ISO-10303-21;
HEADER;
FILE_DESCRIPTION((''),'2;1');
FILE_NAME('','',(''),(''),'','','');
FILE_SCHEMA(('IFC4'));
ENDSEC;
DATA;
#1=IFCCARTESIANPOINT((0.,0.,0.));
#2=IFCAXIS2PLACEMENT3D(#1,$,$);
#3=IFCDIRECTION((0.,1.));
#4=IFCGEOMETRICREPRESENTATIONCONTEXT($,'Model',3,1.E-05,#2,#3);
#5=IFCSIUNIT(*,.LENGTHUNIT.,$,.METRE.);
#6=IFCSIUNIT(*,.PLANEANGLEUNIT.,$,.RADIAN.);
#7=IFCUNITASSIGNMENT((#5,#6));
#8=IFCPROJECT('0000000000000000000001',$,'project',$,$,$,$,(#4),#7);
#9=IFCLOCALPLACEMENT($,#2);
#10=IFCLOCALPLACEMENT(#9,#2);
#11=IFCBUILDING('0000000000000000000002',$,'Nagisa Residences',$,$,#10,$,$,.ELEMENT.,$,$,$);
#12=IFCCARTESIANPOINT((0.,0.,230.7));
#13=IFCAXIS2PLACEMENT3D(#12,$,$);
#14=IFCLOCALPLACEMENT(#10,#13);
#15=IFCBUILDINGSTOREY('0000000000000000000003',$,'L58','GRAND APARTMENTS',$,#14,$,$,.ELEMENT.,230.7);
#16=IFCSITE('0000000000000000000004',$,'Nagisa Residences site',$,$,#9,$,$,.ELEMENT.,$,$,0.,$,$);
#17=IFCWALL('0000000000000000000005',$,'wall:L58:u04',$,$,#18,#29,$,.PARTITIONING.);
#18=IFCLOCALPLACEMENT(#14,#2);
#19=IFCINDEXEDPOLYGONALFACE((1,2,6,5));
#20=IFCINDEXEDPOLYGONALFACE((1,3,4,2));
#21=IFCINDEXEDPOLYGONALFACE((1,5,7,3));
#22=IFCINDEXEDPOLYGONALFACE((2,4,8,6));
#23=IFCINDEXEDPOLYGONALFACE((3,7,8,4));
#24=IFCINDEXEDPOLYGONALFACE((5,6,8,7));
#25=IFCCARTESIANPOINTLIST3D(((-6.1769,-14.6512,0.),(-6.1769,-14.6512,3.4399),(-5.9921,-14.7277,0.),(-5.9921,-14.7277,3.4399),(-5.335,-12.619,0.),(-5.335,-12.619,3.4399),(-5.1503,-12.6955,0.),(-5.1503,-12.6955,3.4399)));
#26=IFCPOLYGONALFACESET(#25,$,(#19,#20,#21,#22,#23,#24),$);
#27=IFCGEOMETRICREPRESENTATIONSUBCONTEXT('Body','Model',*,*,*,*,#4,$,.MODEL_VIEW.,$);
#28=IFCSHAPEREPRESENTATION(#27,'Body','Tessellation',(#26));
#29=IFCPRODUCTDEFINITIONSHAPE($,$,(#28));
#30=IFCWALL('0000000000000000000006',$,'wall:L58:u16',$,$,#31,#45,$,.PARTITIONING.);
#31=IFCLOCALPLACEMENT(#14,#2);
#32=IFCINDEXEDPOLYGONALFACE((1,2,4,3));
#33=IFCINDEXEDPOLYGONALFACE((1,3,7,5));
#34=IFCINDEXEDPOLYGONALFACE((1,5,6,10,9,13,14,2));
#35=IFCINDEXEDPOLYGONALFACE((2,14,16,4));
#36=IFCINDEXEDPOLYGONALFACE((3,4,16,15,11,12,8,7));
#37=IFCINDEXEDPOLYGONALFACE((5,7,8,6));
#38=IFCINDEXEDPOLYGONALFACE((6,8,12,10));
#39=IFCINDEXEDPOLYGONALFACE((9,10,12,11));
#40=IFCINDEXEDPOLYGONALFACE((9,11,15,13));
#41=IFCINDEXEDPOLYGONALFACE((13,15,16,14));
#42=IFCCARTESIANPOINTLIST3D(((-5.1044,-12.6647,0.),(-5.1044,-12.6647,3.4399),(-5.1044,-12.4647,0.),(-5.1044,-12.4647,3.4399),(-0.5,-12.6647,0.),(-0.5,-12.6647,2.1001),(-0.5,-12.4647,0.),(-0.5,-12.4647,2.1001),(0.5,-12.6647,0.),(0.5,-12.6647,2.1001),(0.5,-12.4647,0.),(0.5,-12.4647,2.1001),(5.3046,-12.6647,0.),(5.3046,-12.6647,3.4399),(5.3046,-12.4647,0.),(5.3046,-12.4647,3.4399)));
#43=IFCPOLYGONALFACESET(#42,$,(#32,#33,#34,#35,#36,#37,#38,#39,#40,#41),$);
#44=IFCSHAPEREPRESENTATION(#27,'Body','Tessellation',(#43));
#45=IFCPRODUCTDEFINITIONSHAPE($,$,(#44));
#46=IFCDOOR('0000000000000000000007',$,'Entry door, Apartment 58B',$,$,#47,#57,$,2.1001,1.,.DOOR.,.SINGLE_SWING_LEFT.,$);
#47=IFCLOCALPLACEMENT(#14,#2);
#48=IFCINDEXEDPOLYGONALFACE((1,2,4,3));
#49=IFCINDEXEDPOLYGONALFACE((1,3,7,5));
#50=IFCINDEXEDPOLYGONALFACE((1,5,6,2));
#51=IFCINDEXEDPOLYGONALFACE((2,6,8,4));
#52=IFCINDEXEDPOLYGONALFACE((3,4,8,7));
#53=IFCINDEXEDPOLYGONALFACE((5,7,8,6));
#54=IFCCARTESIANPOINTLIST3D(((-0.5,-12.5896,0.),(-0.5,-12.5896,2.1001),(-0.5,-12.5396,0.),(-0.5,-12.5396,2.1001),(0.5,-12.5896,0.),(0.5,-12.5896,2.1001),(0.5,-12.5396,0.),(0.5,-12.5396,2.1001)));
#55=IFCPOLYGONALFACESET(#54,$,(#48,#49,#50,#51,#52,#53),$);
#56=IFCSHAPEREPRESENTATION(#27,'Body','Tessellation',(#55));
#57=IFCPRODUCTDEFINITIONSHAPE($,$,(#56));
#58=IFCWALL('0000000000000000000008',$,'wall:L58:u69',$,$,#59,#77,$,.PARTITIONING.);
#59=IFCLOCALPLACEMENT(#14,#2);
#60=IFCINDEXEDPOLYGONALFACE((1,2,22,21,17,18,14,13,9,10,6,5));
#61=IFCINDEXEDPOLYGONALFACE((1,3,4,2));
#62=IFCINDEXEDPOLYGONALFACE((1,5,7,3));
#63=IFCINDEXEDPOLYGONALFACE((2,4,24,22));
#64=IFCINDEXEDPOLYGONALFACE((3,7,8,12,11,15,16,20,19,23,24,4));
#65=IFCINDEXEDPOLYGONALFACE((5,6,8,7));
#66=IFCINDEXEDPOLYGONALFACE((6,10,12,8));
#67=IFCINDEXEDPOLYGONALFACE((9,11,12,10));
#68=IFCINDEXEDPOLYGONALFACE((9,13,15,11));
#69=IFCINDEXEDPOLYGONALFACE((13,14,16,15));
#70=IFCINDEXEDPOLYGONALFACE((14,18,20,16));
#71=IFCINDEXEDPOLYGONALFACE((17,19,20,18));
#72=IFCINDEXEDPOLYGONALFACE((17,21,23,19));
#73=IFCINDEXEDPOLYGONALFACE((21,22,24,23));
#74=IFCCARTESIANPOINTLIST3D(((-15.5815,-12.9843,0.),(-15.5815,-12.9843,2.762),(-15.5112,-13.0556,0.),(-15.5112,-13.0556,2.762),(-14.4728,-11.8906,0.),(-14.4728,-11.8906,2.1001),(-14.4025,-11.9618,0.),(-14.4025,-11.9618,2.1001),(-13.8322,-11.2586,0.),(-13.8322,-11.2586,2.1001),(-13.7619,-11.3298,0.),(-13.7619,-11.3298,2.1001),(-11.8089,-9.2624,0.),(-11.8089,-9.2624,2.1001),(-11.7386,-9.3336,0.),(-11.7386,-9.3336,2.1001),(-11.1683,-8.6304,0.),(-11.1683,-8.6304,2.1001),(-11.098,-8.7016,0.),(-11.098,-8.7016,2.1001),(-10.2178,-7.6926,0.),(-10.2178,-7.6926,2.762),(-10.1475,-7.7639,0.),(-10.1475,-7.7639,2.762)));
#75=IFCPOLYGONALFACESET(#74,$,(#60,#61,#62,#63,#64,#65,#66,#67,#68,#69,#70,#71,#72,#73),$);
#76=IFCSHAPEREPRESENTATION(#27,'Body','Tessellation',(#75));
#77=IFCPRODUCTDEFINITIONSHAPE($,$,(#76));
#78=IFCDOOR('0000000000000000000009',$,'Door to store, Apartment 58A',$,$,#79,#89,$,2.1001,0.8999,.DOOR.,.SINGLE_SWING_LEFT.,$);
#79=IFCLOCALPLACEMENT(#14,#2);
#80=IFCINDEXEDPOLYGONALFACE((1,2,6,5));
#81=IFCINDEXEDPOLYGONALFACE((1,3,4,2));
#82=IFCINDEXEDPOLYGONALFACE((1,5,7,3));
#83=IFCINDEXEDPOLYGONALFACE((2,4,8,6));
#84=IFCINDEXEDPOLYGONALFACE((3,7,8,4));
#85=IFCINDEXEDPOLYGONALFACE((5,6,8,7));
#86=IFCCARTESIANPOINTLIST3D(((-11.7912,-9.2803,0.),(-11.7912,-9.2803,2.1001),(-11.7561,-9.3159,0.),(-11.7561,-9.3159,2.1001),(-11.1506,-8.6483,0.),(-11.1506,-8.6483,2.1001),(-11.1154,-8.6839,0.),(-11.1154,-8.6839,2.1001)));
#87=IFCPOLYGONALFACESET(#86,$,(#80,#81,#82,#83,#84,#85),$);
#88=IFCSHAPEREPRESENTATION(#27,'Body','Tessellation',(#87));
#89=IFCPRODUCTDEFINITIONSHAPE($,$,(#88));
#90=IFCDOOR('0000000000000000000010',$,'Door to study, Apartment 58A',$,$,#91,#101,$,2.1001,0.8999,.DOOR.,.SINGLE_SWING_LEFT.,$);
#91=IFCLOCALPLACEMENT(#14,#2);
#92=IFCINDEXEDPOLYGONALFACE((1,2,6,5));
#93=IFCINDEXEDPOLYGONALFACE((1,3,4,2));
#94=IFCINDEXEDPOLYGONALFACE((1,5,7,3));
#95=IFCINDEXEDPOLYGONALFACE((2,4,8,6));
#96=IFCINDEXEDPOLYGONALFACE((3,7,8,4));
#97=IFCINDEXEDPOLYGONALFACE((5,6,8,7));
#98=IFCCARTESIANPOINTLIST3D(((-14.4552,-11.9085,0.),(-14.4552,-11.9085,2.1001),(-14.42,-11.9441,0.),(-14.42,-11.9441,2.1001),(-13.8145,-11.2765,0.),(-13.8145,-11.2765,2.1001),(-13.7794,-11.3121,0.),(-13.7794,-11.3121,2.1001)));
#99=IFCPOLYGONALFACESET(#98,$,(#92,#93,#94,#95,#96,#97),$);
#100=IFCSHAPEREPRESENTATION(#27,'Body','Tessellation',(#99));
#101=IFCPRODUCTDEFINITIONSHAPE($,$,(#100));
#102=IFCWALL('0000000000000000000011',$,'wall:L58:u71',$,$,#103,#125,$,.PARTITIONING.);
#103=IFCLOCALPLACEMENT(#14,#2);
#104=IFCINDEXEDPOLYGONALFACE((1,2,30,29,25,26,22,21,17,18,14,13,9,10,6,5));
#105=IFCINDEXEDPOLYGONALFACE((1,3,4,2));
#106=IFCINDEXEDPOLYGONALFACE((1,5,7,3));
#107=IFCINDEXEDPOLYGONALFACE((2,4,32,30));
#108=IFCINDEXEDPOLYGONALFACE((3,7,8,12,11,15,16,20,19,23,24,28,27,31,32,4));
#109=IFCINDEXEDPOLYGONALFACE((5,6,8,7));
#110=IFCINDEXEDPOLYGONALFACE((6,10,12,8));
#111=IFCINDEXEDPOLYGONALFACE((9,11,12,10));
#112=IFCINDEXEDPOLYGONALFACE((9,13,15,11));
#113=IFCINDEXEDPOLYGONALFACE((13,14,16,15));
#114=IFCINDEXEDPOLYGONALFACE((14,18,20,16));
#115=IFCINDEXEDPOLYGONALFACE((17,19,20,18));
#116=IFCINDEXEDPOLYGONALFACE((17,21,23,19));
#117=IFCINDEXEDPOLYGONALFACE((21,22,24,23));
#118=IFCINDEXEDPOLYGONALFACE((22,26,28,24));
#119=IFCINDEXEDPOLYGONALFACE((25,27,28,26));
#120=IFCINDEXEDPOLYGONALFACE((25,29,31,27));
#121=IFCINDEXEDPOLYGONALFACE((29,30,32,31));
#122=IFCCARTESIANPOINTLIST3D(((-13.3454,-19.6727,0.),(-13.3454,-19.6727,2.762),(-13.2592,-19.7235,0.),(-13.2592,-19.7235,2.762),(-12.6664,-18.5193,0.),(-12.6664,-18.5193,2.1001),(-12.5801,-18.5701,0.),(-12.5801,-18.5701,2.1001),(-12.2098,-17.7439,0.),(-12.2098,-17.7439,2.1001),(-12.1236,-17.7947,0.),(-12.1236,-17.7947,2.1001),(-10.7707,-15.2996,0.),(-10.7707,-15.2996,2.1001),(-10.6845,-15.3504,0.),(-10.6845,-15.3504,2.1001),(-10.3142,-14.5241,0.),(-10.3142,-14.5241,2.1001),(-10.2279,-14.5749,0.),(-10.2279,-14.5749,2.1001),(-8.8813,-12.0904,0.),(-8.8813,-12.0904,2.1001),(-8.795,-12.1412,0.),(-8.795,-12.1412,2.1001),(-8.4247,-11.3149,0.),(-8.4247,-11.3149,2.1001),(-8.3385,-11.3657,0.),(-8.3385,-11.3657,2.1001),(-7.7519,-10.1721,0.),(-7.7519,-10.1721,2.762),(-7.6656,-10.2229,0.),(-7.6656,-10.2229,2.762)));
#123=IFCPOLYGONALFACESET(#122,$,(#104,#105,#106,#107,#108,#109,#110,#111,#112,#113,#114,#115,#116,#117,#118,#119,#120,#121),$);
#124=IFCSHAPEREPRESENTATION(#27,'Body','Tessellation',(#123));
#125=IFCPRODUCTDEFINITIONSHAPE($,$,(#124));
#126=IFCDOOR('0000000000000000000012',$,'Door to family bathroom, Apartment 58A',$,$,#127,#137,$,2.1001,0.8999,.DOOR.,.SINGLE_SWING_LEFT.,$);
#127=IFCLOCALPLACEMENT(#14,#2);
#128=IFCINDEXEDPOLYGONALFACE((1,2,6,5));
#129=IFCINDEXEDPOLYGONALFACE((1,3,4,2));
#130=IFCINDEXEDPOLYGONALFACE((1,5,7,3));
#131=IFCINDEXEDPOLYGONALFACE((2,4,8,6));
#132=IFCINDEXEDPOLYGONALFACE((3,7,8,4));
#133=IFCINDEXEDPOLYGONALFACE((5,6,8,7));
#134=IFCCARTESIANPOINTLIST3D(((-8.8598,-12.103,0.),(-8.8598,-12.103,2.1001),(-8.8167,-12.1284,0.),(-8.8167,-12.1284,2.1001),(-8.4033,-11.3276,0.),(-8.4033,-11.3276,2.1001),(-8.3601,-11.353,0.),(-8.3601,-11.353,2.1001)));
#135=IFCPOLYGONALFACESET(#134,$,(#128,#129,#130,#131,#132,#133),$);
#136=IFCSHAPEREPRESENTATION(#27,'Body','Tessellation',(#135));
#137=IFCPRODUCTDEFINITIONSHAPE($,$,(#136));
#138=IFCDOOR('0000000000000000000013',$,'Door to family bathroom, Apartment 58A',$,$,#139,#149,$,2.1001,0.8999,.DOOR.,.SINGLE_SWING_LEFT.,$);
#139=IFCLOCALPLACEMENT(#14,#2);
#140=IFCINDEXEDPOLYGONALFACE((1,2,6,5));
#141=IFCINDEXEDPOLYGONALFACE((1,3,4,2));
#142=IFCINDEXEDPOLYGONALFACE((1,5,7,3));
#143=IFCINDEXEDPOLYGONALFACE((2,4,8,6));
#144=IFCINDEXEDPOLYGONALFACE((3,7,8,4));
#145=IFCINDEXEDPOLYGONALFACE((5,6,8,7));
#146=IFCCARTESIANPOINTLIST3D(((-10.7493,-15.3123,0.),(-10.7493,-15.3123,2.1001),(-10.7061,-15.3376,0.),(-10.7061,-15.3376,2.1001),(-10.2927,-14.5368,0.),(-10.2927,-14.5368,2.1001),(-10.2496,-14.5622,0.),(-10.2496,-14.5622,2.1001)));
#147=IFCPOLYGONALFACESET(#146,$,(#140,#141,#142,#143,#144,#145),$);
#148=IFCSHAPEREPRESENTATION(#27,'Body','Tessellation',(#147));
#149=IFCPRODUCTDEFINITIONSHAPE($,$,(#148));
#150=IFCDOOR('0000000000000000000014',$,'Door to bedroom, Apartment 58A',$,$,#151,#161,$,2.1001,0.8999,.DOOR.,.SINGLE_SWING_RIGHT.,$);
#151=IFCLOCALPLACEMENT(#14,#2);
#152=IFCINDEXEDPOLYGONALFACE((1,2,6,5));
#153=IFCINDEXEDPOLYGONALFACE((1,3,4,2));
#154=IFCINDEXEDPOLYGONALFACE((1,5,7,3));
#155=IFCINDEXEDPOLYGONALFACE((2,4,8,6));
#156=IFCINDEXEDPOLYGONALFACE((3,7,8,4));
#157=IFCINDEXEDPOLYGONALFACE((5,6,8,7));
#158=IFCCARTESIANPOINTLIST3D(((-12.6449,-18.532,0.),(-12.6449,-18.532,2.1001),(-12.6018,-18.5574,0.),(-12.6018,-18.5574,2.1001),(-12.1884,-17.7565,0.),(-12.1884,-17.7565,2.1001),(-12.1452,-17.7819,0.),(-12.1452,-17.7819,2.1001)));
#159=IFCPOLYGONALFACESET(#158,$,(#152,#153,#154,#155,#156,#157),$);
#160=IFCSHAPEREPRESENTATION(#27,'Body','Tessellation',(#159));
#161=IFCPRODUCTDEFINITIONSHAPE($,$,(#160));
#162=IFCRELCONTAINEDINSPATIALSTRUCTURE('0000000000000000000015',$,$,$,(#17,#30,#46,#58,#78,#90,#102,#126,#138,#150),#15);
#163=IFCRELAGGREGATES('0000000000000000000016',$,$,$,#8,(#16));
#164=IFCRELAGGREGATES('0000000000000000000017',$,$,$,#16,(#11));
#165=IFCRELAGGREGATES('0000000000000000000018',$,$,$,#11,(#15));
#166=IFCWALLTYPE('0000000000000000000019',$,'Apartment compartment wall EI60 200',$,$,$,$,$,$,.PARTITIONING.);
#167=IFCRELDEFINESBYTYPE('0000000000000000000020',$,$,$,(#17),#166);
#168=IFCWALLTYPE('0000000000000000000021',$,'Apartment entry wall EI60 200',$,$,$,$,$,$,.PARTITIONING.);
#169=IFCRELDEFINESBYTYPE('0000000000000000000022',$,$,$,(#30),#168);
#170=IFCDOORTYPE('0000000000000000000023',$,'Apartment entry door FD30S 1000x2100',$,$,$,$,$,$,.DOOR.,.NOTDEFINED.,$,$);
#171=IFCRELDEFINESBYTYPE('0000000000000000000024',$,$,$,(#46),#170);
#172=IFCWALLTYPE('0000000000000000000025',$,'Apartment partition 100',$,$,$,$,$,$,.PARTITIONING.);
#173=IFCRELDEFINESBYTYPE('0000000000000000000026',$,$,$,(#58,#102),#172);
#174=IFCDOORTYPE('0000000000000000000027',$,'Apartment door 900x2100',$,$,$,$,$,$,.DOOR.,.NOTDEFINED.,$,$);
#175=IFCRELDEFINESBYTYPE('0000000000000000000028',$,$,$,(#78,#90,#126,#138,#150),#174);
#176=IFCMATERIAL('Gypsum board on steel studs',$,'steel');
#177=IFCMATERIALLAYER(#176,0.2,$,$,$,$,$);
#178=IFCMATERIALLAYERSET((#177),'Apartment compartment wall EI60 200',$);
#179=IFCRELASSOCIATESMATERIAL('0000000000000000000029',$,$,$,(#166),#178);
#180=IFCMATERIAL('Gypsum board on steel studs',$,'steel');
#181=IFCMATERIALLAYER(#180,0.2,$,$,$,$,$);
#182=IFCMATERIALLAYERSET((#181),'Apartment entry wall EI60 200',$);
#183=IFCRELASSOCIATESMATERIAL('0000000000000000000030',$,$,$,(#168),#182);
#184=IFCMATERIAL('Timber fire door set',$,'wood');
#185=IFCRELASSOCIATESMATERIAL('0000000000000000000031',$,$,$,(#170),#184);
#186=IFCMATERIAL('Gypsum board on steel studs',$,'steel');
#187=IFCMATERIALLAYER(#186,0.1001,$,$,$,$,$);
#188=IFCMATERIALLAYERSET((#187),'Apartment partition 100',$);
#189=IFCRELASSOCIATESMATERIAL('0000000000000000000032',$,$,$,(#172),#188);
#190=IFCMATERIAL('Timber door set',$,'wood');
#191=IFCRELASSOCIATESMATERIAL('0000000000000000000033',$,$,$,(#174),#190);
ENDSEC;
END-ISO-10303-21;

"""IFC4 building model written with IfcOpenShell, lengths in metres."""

from ifc_helpers import new_model, si_unit, direction, frame, frame_2d, origin, place, context, subcontext, project, spatial, rectangle, extrude, material, layer, layer_set, type_object, element, fill, save


model = new_model("IFC4")

# Units and contexts
model_context = context("Model", 3, precision=1e-05, world=origin(), true_north=direction((0.0, 1.0)))
body_context = subcontext(model_context, "Body", "Model", "MODEL_VIEW")
ifc_project = project(units=[si_unit("LENGTHUNIT", "METRE"), si_unit("PLANEANGLEUNIT", "RADIAN")], contexts=[model_context])

# Site, building, storey
site_placement = place(None, origin())
site = spatial("IfcSite", under=ifc_project, at=site_placement, Name="Nagisa Residences site", CompositionType="ELEMENT", RefElevation=0.0)
building_placement = place(site_placement, origin())
building = spatial("IfcBuilding", under=site, at=building_placement, Name="Nagisa Residences", CompositionType="ELEMENT")
storey_placement = place(building_placement, frame((0.0, 0.0, 230.7)))
storey = spatial("IfcBuildingStorey", under=building, at=storey_placement, Name="L58", Description="GRAND APARTMENTS", CompositionType="ELEMENT", Elevation=230.7)

# Wall
ifc_material_1 = material(Name="Gypsum board on steel studs", Category="steel")
ifc_layer_1 = layer(ifc_material_1, 0.2)
ifc_layer_set_1 = layer_set([ifc_layer_1], Name="Apartment compartment wall EI60 200")
wall_type_1 = type_object("IfcWallType", Name="Apartment compartment wall EI60 200", PredefinedType="PARTITIONING", material=ifc_layer_set_1)
wall_1_placement = place(storey_placement, frame((-5.2427, -12.6572, 0.0), z_axis=(0.0, 0.0, 1.0), x_axis=(-0.382692, -0.923876, 0.0)))
element("IfcWall", 1, at=wall_1_placement, inside=storey, type_object=wall_type_1, Name="wall:L58:u04", PredefinedType="PARTITIONING", context=body_context, shape_type="SweptSolid", body=[
    extrude(rectangle(XDim=2.1997, YDim=0.2, at=frame_2d((1.0999, 0.0))), origin(), (0.0, 0.0, 1.0), 3.4399),
])

# Wall, opening, door
ifc_material_2 = material(Name="Gypsum board on steel studs", Category="steel")
ifc_layer_2 = layer(ifc_material_2, 0.2)
ifc_layer_set_2 = layer_set([ifc_layer_2], Name="Apartment entry wall EI60 200")
wall_type_2 = type_object("IfcWallType", Name="Apartment entry wall EI60 200", PredefinedType="PARTITIONING", material=ifc_layer_set_2)
wall_2_placement = place(storey_placement, frame((-5.1045, -12.5647, 0.0), z_axis=(0.0, 0.0, 1.0), x_axis=(1.0, 0.0, 0.0)))
wall_2 = element("IfcWall", 2, at=wall_2_placement, inside=storey, type_object=wall_type_2, Name="wall:L58:u16", PredefinedType="PARTITIONING", context=body_context, shape_type="SweptSolid", body=[
    extrude(rectangle(XDim=10.4089, YDim=0.2, at=frame_2d((5.2046, 0.0))), origin(), (0.0, 0.0, 1.0), 3.4399),
])
opening_1_placement = place(wall_2_placement, frame((4.6045, 0.0, 0.0)))
opening_1 = element("IfcOpeningElement", 3, at=opening_1_placement, cuts=wall_2, PredefinedType="OPENING", context=body_context, shape_type="SweptSolid", body=[
    extrude(rectangle(XDim=1.0, YDim=2.1001, at=frame_2d((0.5, 1.05))), frame((0.0, 0.1099, 0.0), z_axis=(0.0, -1.0, 0.0), x_axis=(1.0, 0.0, 0.0)), (0.0, 0.0, 1.0), 0.22),
])
ifc_material_3 = material(Name="Timber fire door set", Category="wood")
door_type_1 = type_object("IfcDoorType", Name="Apartment entry door FD30S 1000x2100", OperationType="NOTDEFINED", PredefinedType="DOOR", material=ifc_material_3)
door_1_placement = place(opening_1_placement, frame((1.0, 0.0, 0.0), x_axis=(-1.0, 0.0, 0.0)))
door_1 = element("IfcDoor", 4, at=door_1_placement, inside=storey, type_object=door_type_1, Name="Entry door, Apartment 58B", OperationType="SINGLE_SWING_LEFT", OverallHeight=2.1001, OverallWidth=1.0, PredefinedType="DOOR", context=body_context, shape_type="SweptSolid", body=[
    extrude(rectangle(XDim=1.0, YDim=2.1001, at=frame_2d((0.5, 1.05))), frame((0.0, 0.0249, 0.0), z_axis=(0.0, -1.0, 0.0), x_axis=(1.0, 0.0, 0.0)), (0.0, 0.0, 1.0), 0.05),
])
fill(opening_1, door_1)

# Walls, openings, doors
ifc_material_4 = material(Name="Gypsum board on steel studs", Category="steel")
ifc_layer_3 = layer(ifc_material_4, 0.1001)
ifc_layer_set_3 = layer_set([ifc_layer_3], Name="Apartment partition 100")
wall_type_3 = type_object("IfcWallType", Name="Apartment partition 100", PredefinedType="PARTITIONING", material=ifc_layer_set_3)
wall_3_placement = place(storey_placement, frame((-10.1826, -7.7283, 0.0), z_axis=(0.0, 0.0, 1.0), x_axis=(-0.71187, -0.702311, 0.0)))
wall_3 = element("IfcWall", 5, at=wall_3_placement, inside=storey, type_object=wall_type_3, Name="wall:L58:u69", PredefinedType="PARTITIONING", context=body_context, shape_type="SweptSolid", body=[
    extrude(rectangle(XDim=7.5347, YDim=0.1001, at=frame_2d((3.7673, 0.0))), origin(), (0.0, 0.0, 1.0), 2.762),
])
opening_2_placement = place(wall_3_placement, frame((1.3352, 0.0, 0.0)))
opening_2 = element("IfcOpeningElement", 6, at=opening_2_placement, cuts=wall_3, PredefinedType="OPENING", context=body_context, shape_type="SweptSolid", body=[
    extrude(rectangle(XDim=0.8999, YDim=2.1001, at=frame_2d((0.45, 1.05))), frame((0.0, 0.0601, 0.0), z_axis=(0.0, -1.0, 0.0), x_axis=(1.0, 0.0, 0.0)), (0.0, 0.0, 1.0), 0.1201),
])
opening_3_placement = place(wall_3_placement, frame((5.0774, 0.0, 0.0)))
opening_3 = element("IfcOpeningElement", 7, at=opening_3_placement, cuts=wall_3, PredefinedType="OPENING", context=body_context, shape_type="SweptSolid", body=[
    extrude(rectangle(XDim=0.8999, YDim=2.1001, at=frame_2d((0.45, 1.05))), frame((0.0, 0.0601, 0.0), z_axis=(0.0, -1.0, 0.0), x_axis=(1.0, 0.0, 0.0)), (0.0, 0.0, 1.0), 0.1201),
])
ifc_material_5 = material(Name="Timber door set", Category="wood")
door_type_2 = type_object("IfcDoorType", Name="Apartment door 900x2100", OperationType="NOTDEFINED", PredefinedType="DOOR", material=ifc_material_5)
door_2_placement = place(opening_2_placement, frame((0.8999, 0.0, 0.0), x_axis=(-1.0, 0.0, 0.0)))
door_2 = element("IfcDoor", 8, at=door_2_placement, inside=storey, type_object=door_type_2, Name="Door to store, Apartment 58A", OperationType="SINGLE_SWING_LEFT", OverallHeight=2.1001, OverallWidth=0.8999, PredefinedType="DOOR", context=body_context, shape_type="SweptSolid", body=[
    extrude(rectangle(XDim=0.8999, YDim=2.1001, at=frame_2d((0.45, 1.05))), frame((0.0, 0.0249, 0.0), z_axis=(0.0, -1.0, 0.0), x_axis=(1.0, 0.0, 0.0)), (0.0, 0.0, 1.0), 0.05),
])
fill(opening_2, door_2)
door_3_placement = place(opening_3_placement, frame((0.8999, 0.0, 0.0), x_axis=(-1.0, 0.0, 0.0)))
door_3 = element("IfcDoor", 9, at=door_3_placement, inside=storey, type_object=door_type_2, Name="Door to study, Apartment 58A", OperationType="SINGLE_SWING_LEFT", OverallHeight=2.1001, OverallWidth=0.8999, PredefinedType="DOOR", context=body_context, shape_type="SweptSolid", body=[
    extrude(rectangle(XDim=0.8999, YDim=2.1001, at=frame_2d((0.45, 1.05))), frame((0.0, 0.0249, 0.0), z_axis=(0.0, -1.0, 0.0), x_axis=(1.0, 0.0, 0.0)), (0.0, 0.0, 1.0), 0.05),
])
fill(opening_3, door_3)
wall_4_placement = place(storey_placement, frame((-7.7087, -10.1975, 0.0), z_axis=(0.0, 0.0, 1.0), x_axis=(-0.507356, -0.861737, 0.0)))
wall_4 = element("IfcWall", 10, at=wall_4_placement, inside=storey, type_object=wall_type_3, Name="wall:L58:u71", PredefinedType="PARTITIONING", context=body_context, shape_type="SweptSolid", body=[
    extrude(rectangle(XDim=11.0249, YDim=0.1001, at=frame_2d((5.5125, 0.0))), origin(), (0.0, 0.0, 1.0), 2.762),
])
opening_4_placement = place(wall_4_placement, frame((1.3262, 0.0, 0.0)))
opening_4 = element("IfcOpeningElement", 11, at=opening_4_placement, cuts=wall_4, PredefinedType="OPENING", context=body_context, shape_type="SweptSolid", body=[
    extrude(rectangle(XDim=0.8999, YDim=2.1001, at=frame_2d((0.45, 1.05))), frame((0.0, 0.0601, 0.0), z_axis=(0.0, -1.0, 0.0), x_axis=(1.0, 0.0, 0.0)), (0.0, 0.0, 1.0), 0.1201),
])
opening_5_placement = place(wall_4_placement, frame((5.0503, 0.0, 0.0)))
opening_5 = element("IfcOpeningElement", 12, at=opening_5_placement, cuts=wall_4, PredefinedType="OPENING", context=body_context, shape_type="SweptSolid", body=[
    extrude(rectangle(XDim=0.8999, YDim=2.1001, at=frame_2d((0.45, 1.05))), frame((0.0, 0.0601, 0.0), z_axis=(0.0, -1.0, 0.0), x_axis=(1.0, 0.0, 0.0)), (0.0, 0.0, 1.0), 0.1201),
])
opening_6_placement = place(wall_4_placement, frame((8.7866, 0.0, 0.0)))
opening_6 = element("IfcOpeningElement", 13, at=opening_6_placement, cuts=wall_4, PredefinedType="OPENING", context=body_context, shape_type="SweptSolid", body=[
    extrude(rectangle(XDim=0.8999, YDim=2.1001, at=frame_2d((0.45, 1.05))), frame((0.0, 0.0601, 0.0), z_axis=(0.0, -1.0, 0.0), x_axis=(1.0, 0.0, 0.0)), (0.0, 0.0, 1.0), 0.1201),
])
door_4_placement = place(opening_4_placement, origin())
door_4 = element("IfcDoor", 14, at=door_4_placement, inside=storey, type_object=door_type_2, Name="Door to family bathroom, Apartment 58A", OperationType="SINGLE_SWING_LEFT", OverallHeight=2.1001, OverallWidth=0.8999, PredefinedType="DOOR", context=body_context, shape_type="SweptSolid", body=[
    extrude(rectangle(XDim=0.8999, YDim=2.1001, at=frame_2d((0.45, 1.05))), frame((0.0, 0.0249, 0.0), z_axis=(0.0, -1.0, 0.0), x_axis=(1.0, 0.0, 0.0)), (0.0, 0.0, 1.0), 0.05),
])
fill(opening_4, door_4)
door_5_placement = place(opening_5_placement, origin())
door_5 = element("IfcDoor", 15, at=door_5_placement, inside=storey, type_object=door_type_2, Name="Door to family bathroom, Apartment 58A", OperationType="SINGLE_SWING_LEFT", OverallHeight=2.1001, OverallWidth=0.8999, PredefinedType="DOOR", context=body_context, shape_type="SweptSolid", body=[
    extrude(rectangle(XDim=0.8999, YDim=2.1001, at=frame_2d((0.45, 1.05))), frame((0.0, 0.0249, 0.0), z_axis=(0.0, -1.0, 0.0), x_axis=(1.0, 0.0, 0.0)), (0.0, 0.0, 1.0), 0.05),
])
fill(opening_5, door_5)
door_6_placement = place(opening_6_placement, origin())
door_6 = element("IfcDoor", 16, at=door_6_placement, inside=storey, type_object=door_type_2, Name="Door to bedroom, Apartment 58A", OperationType="SINGLE_SWING_RIGHT", OverallHeight=2.1001, OverallWidth=0.8999, PredefinedType="DOOR", context=body_context, shape_type="SweptSolid", body=[
    extrude(rectangle(XDim=0.8999, YDim=2.1001, at=frame_2d((0.45, 1.05))), frame((0.0, 0.0249, 0.0), z_axis=(0.0, -1.0, 0.0), x_axis=(1.0, 0.0, 0.0)), (0.0, 0.0, 1.0), 0.05),
])
fill(opening_6, door_6)

save(model, "model.ifc")
